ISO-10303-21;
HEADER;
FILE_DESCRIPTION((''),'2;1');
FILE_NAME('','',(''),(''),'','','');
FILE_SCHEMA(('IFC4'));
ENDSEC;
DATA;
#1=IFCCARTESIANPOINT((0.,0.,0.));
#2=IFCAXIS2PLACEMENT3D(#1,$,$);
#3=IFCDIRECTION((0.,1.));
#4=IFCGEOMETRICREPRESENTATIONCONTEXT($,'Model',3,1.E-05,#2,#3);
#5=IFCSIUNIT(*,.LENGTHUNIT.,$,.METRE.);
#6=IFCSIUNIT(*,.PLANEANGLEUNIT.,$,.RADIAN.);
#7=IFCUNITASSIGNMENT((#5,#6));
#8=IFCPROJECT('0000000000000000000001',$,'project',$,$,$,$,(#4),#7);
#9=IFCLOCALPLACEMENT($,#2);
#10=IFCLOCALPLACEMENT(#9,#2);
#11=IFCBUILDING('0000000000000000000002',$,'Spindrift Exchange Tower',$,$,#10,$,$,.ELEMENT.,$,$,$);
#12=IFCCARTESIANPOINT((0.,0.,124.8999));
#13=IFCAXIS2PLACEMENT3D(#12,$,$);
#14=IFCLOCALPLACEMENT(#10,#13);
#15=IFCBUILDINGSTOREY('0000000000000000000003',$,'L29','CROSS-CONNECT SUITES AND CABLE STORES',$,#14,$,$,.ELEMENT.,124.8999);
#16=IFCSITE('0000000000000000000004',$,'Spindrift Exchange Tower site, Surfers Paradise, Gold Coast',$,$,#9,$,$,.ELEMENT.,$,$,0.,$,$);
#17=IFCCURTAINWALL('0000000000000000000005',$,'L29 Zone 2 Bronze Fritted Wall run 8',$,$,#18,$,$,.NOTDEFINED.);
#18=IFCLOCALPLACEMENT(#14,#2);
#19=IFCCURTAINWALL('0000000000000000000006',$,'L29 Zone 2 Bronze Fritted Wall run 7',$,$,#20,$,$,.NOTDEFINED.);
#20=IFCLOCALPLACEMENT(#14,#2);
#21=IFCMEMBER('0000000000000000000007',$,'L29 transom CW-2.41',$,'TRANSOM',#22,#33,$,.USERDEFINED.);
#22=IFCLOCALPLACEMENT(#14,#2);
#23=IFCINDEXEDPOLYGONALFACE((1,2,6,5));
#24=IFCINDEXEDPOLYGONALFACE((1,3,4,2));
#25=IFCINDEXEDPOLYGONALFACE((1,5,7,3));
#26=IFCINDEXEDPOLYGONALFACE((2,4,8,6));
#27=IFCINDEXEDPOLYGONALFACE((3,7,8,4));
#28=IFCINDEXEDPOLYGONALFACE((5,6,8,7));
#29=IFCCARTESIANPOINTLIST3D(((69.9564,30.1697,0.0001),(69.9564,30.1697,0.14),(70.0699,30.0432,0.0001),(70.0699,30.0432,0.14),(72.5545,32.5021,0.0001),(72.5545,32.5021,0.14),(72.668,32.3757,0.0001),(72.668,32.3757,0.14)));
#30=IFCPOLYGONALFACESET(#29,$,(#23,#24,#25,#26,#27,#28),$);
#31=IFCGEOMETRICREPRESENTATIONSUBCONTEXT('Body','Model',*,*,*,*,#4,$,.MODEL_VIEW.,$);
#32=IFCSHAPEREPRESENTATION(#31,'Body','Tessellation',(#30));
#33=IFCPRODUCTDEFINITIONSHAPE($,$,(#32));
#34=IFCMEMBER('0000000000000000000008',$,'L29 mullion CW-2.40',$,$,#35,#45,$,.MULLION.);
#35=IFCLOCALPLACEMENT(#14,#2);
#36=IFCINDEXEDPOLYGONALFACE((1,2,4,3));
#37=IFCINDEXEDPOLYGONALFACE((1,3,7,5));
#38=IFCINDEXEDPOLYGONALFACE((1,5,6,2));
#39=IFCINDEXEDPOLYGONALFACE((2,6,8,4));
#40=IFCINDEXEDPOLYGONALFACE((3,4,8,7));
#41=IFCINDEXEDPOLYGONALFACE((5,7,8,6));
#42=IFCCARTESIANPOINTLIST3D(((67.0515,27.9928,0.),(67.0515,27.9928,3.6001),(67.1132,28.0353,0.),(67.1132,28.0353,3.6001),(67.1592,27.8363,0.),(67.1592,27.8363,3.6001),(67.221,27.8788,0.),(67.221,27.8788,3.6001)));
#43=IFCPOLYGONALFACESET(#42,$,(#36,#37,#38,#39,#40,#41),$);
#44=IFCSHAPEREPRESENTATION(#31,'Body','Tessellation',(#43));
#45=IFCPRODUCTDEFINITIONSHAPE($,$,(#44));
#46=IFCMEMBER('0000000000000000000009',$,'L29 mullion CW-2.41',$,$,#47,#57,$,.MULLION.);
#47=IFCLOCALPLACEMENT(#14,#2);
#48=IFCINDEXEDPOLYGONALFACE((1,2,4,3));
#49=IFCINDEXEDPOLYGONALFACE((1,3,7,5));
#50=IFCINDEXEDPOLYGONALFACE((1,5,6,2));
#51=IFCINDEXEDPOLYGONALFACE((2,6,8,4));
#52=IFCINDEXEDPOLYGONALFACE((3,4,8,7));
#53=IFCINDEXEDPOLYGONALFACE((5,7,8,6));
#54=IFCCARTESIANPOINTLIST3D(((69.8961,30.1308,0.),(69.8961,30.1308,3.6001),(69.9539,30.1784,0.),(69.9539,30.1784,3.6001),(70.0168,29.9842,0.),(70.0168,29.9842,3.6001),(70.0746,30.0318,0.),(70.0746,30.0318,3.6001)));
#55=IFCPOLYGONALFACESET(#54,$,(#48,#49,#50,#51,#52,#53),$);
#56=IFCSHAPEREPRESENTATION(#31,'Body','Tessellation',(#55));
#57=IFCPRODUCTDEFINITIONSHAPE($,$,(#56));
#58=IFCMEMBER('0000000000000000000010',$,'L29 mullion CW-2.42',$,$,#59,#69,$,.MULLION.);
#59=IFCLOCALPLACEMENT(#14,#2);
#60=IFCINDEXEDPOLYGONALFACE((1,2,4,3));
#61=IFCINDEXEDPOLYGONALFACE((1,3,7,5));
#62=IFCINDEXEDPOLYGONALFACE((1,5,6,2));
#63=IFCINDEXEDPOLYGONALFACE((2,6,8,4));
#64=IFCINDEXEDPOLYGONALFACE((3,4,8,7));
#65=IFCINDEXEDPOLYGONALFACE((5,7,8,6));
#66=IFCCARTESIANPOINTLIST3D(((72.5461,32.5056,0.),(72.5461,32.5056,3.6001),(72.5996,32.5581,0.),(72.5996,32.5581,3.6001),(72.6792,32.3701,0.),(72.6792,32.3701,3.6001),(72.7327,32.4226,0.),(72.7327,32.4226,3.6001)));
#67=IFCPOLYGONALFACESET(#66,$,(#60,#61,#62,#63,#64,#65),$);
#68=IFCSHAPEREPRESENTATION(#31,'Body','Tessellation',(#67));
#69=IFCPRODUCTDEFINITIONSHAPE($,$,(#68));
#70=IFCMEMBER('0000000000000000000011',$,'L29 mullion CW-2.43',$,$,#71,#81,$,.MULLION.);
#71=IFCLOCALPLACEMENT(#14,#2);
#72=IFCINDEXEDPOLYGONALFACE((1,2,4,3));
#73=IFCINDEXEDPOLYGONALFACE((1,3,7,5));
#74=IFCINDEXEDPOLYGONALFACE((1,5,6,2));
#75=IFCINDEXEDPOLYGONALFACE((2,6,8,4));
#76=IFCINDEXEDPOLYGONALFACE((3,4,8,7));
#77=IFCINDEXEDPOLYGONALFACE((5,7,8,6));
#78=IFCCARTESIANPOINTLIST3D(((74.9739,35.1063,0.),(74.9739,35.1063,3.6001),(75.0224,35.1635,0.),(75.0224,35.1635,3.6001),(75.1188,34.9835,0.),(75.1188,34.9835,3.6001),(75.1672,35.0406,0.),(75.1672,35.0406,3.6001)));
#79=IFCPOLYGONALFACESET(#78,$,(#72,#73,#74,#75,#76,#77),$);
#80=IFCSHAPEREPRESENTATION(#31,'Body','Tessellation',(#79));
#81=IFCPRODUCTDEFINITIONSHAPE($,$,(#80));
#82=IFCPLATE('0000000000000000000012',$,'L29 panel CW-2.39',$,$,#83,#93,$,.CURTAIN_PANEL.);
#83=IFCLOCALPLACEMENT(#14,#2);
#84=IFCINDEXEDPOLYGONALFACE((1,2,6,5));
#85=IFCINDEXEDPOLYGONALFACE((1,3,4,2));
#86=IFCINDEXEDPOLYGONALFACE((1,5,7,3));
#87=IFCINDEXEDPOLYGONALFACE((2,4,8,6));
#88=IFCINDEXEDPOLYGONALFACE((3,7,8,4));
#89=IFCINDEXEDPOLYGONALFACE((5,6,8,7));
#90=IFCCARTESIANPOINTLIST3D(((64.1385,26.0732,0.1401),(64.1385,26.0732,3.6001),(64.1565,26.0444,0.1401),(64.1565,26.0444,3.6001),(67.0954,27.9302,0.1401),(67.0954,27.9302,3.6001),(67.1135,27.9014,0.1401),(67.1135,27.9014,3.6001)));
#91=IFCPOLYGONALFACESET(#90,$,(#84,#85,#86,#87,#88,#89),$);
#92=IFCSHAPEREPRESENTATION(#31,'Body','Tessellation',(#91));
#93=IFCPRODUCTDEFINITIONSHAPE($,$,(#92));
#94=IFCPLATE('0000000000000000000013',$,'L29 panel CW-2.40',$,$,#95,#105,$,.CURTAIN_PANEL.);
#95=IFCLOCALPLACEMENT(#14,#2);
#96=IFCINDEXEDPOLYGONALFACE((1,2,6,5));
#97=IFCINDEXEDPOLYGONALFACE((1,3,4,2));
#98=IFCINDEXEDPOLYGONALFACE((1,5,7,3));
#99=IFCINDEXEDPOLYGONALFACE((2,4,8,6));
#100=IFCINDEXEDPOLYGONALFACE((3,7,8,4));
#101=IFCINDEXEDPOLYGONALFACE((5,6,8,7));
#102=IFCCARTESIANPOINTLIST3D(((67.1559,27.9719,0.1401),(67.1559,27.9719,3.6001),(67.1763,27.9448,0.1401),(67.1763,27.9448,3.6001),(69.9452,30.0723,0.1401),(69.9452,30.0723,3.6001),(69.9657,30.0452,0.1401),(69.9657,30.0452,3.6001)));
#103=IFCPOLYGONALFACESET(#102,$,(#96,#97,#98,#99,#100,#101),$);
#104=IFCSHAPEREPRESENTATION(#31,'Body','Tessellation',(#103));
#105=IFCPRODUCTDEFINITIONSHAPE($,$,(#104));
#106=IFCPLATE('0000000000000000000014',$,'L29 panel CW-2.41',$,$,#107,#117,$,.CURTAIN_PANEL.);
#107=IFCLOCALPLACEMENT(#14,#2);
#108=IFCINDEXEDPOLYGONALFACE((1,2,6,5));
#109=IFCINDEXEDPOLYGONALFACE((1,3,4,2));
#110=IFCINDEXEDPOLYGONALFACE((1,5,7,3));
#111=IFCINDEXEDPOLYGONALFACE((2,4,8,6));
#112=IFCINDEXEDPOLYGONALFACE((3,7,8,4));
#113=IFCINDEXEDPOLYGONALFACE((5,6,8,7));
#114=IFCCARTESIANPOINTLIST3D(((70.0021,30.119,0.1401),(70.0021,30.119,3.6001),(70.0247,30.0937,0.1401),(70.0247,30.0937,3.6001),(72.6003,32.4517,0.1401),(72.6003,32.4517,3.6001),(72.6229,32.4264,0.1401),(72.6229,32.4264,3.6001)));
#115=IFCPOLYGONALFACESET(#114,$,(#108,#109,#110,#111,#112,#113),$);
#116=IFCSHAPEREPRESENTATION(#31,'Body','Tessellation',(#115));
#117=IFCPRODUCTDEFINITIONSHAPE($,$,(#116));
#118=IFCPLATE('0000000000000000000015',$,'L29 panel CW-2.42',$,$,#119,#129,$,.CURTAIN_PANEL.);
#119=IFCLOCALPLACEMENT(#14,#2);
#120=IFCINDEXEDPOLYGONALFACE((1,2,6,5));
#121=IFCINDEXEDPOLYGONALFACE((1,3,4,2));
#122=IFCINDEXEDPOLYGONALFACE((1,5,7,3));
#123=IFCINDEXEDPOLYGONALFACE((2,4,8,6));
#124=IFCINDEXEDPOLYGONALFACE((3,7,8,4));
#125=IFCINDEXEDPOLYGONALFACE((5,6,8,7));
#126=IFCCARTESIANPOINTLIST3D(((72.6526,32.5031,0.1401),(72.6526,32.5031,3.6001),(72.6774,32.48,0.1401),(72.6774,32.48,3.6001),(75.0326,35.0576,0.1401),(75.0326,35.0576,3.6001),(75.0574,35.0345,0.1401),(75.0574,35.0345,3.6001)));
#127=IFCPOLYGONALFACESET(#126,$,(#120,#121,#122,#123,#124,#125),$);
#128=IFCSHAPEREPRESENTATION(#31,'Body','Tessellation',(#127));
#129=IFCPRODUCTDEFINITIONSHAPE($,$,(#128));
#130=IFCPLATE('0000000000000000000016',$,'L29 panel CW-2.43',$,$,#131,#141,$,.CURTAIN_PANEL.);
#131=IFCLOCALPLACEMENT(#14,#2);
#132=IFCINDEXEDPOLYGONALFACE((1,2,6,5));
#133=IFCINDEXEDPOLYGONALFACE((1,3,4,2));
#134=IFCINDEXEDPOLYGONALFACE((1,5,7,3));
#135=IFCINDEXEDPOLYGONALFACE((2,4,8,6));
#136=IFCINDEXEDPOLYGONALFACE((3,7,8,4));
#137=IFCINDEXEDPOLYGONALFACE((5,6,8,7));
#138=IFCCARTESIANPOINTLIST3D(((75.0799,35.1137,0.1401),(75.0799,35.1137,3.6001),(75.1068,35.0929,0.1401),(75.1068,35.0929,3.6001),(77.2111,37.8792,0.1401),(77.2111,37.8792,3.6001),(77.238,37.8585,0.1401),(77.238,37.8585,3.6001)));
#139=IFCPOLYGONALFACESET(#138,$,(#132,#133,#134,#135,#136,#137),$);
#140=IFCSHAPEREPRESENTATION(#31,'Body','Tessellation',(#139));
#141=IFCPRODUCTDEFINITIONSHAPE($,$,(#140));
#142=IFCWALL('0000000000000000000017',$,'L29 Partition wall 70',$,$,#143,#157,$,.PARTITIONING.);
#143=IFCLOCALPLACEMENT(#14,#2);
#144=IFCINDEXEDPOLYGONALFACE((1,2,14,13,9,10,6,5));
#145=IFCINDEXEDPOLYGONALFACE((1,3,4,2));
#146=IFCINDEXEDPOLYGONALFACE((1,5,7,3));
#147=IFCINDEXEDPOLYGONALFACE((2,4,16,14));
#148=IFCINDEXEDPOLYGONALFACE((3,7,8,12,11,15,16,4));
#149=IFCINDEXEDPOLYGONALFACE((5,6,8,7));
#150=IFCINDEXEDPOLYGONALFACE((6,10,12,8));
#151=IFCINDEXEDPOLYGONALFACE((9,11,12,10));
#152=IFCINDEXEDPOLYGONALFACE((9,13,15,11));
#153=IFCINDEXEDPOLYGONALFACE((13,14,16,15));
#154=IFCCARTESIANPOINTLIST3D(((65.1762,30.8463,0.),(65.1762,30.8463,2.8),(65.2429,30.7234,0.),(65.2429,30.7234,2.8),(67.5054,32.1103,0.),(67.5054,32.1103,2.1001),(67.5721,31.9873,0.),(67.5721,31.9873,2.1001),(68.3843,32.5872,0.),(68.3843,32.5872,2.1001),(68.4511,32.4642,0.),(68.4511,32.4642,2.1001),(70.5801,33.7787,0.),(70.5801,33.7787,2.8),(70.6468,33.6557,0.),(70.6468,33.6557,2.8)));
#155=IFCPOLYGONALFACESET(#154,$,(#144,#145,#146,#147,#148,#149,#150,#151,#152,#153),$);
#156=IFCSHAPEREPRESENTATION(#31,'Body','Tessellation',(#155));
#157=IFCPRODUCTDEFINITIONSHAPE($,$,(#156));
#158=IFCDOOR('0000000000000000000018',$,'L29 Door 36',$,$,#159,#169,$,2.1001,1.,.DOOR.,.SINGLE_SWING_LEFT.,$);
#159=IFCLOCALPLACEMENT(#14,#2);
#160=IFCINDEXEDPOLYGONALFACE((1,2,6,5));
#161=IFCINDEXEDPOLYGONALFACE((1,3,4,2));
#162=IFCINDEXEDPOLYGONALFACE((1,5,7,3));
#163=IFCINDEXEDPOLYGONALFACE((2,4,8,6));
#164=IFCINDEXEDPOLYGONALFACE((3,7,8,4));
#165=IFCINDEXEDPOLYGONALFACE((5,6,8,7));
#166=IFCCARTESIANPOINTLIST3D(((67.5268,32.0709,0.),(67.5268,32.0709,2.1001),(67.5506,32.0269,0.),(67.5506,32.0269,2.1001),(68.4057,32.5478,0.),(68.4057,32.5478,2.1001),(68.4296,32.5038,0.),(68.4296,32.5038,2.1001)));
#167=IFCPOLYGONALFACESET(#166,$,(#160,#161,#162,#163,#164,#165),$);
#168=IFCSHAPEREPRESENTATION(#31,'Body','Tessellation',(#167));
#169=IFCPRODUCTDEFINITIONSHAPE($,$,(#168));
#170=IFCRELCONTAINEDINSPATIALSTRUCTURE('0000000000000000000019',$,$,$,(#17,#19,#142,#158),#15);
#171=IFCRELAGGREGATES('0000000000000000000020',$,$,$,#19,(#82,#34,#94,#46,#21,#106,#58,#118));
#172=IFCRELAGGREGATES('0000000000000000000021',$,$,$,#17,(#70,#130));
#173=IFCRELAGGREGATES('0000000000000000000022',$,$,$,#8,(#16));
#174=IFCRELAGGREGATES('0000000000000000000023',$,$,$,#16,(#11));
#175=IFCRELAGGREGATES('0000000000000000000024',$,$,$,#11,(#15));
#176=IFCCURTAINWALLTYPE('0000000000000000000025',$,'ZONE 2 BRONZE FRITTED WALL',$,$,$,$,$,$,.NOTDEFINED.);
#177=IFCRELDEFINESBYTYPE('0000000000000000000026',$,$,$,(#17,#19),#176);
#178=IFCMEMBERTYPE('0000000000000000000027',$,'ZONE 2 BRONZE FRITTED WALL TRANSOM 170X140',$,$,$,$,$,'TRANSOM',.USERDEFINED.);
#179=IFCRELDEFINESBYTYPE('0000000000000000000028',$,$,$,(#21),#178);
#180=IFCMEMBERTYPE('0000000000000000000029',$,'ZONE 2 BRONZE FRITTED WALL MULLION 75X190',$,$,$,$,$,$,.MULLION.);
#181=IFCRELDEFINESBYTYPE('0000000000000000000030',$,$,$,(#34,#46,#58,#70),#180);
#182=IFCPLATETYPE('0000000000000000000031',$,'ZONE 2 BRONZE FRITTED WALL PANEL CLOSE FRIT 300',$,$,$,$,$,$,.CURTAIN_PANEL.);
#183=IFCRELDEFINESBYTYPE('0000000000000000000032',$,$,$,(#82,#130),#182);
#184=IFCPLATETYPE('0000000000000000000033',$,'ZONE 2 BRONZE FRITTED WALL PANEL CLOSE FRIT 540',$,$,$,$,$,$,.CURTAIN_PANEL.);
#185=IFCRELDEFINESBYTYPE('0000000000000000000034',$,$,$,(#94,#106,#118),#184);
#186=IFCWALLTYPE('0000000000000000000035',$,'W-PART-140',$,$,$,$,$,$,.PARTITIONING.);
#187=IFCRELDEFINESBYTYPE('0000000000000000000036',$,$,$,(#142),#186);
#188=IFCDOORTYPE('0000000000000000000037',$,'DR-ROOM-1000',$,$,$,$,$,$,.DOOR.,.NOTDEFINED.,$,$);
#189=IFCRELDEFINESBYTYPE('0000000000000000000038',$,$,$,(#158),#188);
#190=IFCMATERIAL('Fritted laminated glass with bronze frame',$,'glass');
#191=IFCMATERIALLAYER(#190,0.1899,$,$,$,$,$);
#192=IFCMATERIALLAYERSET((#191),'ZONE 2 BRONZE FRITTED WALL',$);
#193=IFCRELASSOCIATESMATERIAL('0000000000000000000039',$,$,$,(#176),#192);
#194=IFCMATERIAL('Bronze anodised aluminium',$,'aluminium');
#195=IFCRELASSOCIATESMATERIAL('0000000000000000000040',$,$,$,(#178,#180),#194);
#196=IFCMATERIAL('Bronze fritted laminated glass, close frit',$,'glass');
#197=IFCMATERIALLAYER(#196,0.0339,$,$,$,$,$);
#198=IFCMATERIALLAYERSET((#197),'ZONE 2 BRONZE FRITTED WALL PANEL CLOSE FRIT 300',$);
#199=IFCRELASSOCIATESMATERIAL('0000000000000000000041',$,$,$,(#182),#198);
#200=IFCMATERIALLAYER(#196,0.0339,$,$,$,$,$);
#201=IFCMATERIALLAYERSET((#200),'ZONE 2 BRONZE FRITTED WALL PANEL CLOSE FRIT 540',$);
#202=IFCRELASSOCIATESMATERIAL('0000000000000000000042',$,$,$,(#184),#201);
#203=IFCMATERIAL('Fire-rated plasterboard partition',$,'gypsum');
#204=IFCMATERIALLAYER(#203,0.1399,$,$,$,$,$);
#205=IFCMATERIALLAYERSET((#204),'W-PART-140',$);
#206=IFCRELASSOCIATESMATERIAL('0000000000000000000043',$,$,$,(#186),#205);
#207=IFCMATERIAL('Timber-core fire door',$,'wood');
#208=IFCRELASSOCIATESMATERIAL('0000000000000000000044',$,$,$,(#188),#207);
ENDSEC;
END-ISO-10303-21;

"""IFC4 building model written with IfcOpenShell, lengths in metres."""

from ifc_helpers import new_model, si_unit, direction, frame, frame_2d, origin, origin_2d, place, context, subcontext, project, spatial, rectangle, extrude, source, transform, mapped, material, layer, layer_set, material_profile, profile_set, type_object, element, fill, aggregate, save


model = new_model("IFC4")

# Units and contexts
model_context = context("Model", 3, precision=1e-05, world=origin(), true_north=direction((0.0, 1.0)))
body_context = subcontext(model_context, "Body", "Model", "MODEL_VIEW")
ifc_project = project(units=[si_unit("LENGTHUNIT", "METRE"), si_unit("PLANEANGLEUNIT", "RADIAN")], contexts=[model_context])

# Site, building, storey
site_placement = place(None, origin())
site = spatial("IfcSite", under=ifc_project, at=site_placement, Name="Spindrift Exchange Tower site, Surfers Paradise, Gold Coast", CompositionType="ELEMENT", RefElevation=0.0)
building_placement = place(site_placement, origin())
building = spatial("IfcBuilding", under=site, at=building_placement, Name="Spindrift Exchange Tower", CompositionType="ELEMENT")
storey_placement = place(building_placement, frame((0.0, 0.0, 124.8999)))
storey = spatial("IfcBuildingStorey", under=building, at=storey_placement, Name="L29", Description="CROSS-CONNECT SUITES AND CABLE STORES", CompositionType="ELEMENT", Elevation=124.8999)

# Curtain wall
ifc_material_1 = material(Name="Fritted laminated glass with bronze frame", Category="glass")
ifc_layer_1 = layer(ifc_material_1, 0.1899)
ifc_layer_set_1 = layer_set([ifc_layer_1], Name="ZONE 2 BRONZE FRITTED WALL")
curtain_wall_type = type_object("IfcCurtainWallType", Name="ZONE 2 BRONZE FRITTED WALL", PredefinedType="NOTDEFINED", material=ifc_layer_set_1)
curtain_wall_1_placement = place(storey_placement, origin())
curtain_wall_1 = element("IfcCurtainWall", 1, at=curtain_wall_1_placement, inside=storey, type_object=curtain_wall_type, Name="L29 Zone 2 Bronze Fritted Wall run 8", PredefinedType="NOTDEFINED")
ifc_material_2 = material(Name="Bronze anodised aluminium", Category="aluminium")
ifc_material_profile_1 = material_profile(ifc_material_2, rectangle(XDim=0.1699, YDim=0.1399, at=origin_2d()), Name="ZONE 2 BRONZE FRITTED WALL TRANSOM 170X140")
ifc_profile_set_1 = profile_set([ifc_material_profile_1], Name="Bronze anodised aluminium")
member_type_1 = type_object("IfcMemberType", Name="ZONE 2 BRONZE FRITTED WALL TRANSOM 170X140", ElementType="TRANSOM", PredefinedType="USERDEFINED", material=ifc_profile_set_1)

# Curtain wall, members
curtain_wall_2_placement = place(storey_placement, origin())
curtain_wall_2 = element("IfcCurtainWall", 2, at=curtain_wall_2_placement, inside=storey, type_object=curtain_wall_type, Name="L29 Zone 2 Bronze Fritted Wall run 7", PredefinedType="NOTDEFINED")
shared_shape_1 = source(origin(), body_context, "Body", "SweptSolid", [
    extrude(rectangle(XDim=0.1699, YDim=0.1399, at=origin_2d()), origin(), (0.0, 0.0, 1.0), 3.4915),
])
member_1_placement = place(storey_placement, frame((70.0132, 30.1064, 0.0701), z_axis=(0.744121, 0.668045, 0.0), x_axis=(-0.668045, 0.744121, 0.0)))
member_1 = element("IfcMember", 3, at=member_1_placement, type_object=member_type_1, Name="L29 transom CW-2.41", ObjectType="TRANSOM", PredefinedType="USERDEFINED", context=body_context, shape_type="MappedRepresentation", body=[
    mapped(shared_shape_1, transform((0.0, 0.0, 0.0), scale=1.0)),
])
ifc_material_profile_2 = material_profile(ifc_material_2, rectangle(XDim=0.075, YDim=0.1899, at=origin_2d()), Name="ZONE 2 BRONZE FRITTED WALL MULLION 75X190")
ifc_profile_set_2 = profile_set([ifc_material_profile_2], Name="Bronze anodised aluminium")
member_type_2 = type_object("IfcMemberType", Name="ZONE 2 BRONZE FRITTED WALL MULLION 75X190", PredefinedType="MULLION", material=ifc_profile_set_2)
shared_shape_2 = source(origin(), body_context, "Body", "SweptSolid", [
    extrude(rectangle(XDim=0.075, YDim=0.1899, at=origin_2d()), origin(), (0.0, 0.0, 1.0), 3.6001),
])
member_2_placement = place(storey_placement, frame((67.1362, 27.9358, 0.0), z_axis=(0.0, 0.0, 1.0), x_axis=(0.823584, 0.567194, 0.0)))
member_2 = element("IfcMember", 4, at=member_2_placement, type_object=member_type_2, Name="L29 mullion CW-2.40", PredefinedType="MULLION", context=body_context, shape_type="MappedRepresentation", body=[
    mapped(shared_shape_2, transform((0.0, 0.0, 0.0), scale=1.0)),
])
member_3_placement = place(storey_placement, frame((69.9854, 30.0813, 0.0), z_axis=(0.0, 0.0, 1.0), x_axis=(0.772189, 0.635393, 0.0)))
member_3 = element("IfcMember", 5, at=member_3_placement, type_object=member_type_2, Name="L29 mullion CW-2.41", PredefinedType="MULLION", context=body_context, shape_type="MappedRepresentation", body=[
    mapped(shared_shape_2, transform((0.0, 0.0, 0.0), scale=1.0)),
])
member_4_placement = place(storey_placement, frame((72.6394, 32.4641, 0.0), z_axis=(0.0, 0.0, 1.0), x_axis=(0.713595, 0.700559, 0.0)))
member_4 = element("IfcMember", 6, at=member_4_placement, type_object=member_type_2, Name="L29 mullion CW-2.42", PredefinedType="MULLION", context=body_context, shape_type="MappedRepresentation", body=[
    mapped(shared_shape_2, transform((0.0, 0.0, 0.0), scale=1.0)),
])

# Member
member_5_placement = place(storey_placement, frame((75.0706, 35.0735, 0.0), z_axis=(0.0, 0.0, 1.0), x_axis=(0.646739, 0.762711, 0.0)))
member_5 = element("IfcMember", 7, at=member_5_placement, type_object=member_type_2, Name="L29 mullion CW-2.43", PredefinedType="MULLION", context=body_context, shape_type="MappedRepresentation", body=[
    mapped(shared_shape_2, transform((0.0, 0.0, 0.0), scale=1.0)),
])

# Plates
ifc_material_3 = material(Name="Bronze fritted laminated glass, close frit", Category="glass")
ifc_layer_2 = layer(ifc_material_3, 0.0339)
ifc_layer_set_2 = layer_set([ifc_layer_2], Name="ZONE 2 BRONZE FRITTED WALL PANEL CLOSE FRIT 300")
plate_type_1 = type_object("IfcPlateType", Name="ZONE 2 BRONZE FRITTED WALL PANEL CLOSE FRIT 300", PredefinedType="CURTAIN_PANEL", material=ifc_layer_set_2)
shared_shape_3 = source(origin(), body_context, "Body", "SweptSolid", [
    extrude(rectangle(XDim=3.4917, YDim=0.0339, at=origin_2d()), origin(), (0.0, 0.0, 1.0), 3.46),
])
plate_1_placement = place(storey_placement, frame((65.626, 26.9873, 0.1401), z_axis=(0.0, 0.0, 1.0), x_axis=(0.846851, 0.53183, 0.0)))
plate_1 = element("IfcPlate", 8, at=plate_1_placement, type_object=plate_type_1, Name="L29 panel CW-2.39", PredefinedType="CURTAIN_PANEL", context=body_context, shape_type="MappedRepresentation", body=[
    mapped(shared_shape_3, transform((0.0, 0.0, 0.0), scale=1.0)),
])
ifc_layer_3 = layer(ifc_material_3, 0.0339)
ifc_layer_set_3 = layer_set([ifc_layer_3], Name="ZONE 2 BRONZE FRITTED WALL PANEL CLOSE FRIT 540")
plate_type_2 = type_object("IfcPlateType", Name="ZONE 2 BRONZE FRITTED WALL PANEL CLOSE FRIT 540", PredefinedType="CURTAIN_PANEL", material=ifc_layer_set_3)
shared_shape_4 = source(origin(), body_context, "Body", "SweptSolid", [
    extrude(rectangle(XDim=3.4917, YDim=0.0339, at=origin_2d()), origin(), (0.0, 0.0, 1.0), 3.46),
])
plate_2_placement = place(storey_placement, frame((68.5608, 29.0085, 0.1401), z_axis=(0.0, 0.0, 1.0), x_axis=(0.798841, 0.601542, 0.0)))
plate_2 = element("IfcPlate", 9, at=plate_2_placement, type_object=plate_type_2, Name="L29 panel CW-2.40", PredefinedType="CURTAIN_PANEL", context=body_context, shape_type="MappedRepresentation", body=[
    mapped(shared_shape_4, transform((0.0, 0.0, 0.0), scale=1.0)),
])
plate_3_placement = place(storey_placement, frame((71.3125, 31.2727, 0.1401), z_axis=(0.0, 0.0, 1.0), x_axis=(0.744104, 0.668064, 0.0)))
plate_3 = element("IfcPlate", 10, at=plate_3_placement, type_object=plate_type_2, Name="L29 panel CW-2.41", PredefinedType="CURTAIN_PANEL", context=body_context, shape_type="MappedRepresentation", body=[
    mapped(shared_shape_4, transform((0.0, 0.0, 0.0), scale=1.0)),
])
shared_shape_5 = source(origin(), body_context, "Body", "SweptSolid", [
    extrude(rectangle(XDim=3.4915, YDim=0.0339, at=origin_2d()), origin(), (0.0, 0.0, 1.0), 3.46),
])
plate_4_placement = place(storey_placement, frame((73.855, 33.7688, 0.1401), z_axis=(0.0, 0.0, 1.0), x_axis=(0.681669, 0.731661, 0.0)))
plate_4 = element("IfcPlate", 11, at=plate_4_placement, type_object=plate_type_2, Name="L29 panel CW-2.42", PredefinedType="CURTAIN_PANEL", context=body_context, shape_type="MappedRepresentation", body=[
    mapped(shared_shape_5, transform((0.0, 0.0, 0.0), scale=1.0)),
])
aggregate(curtain_wall_2, [plate_1, member_2, plate_2, member_3, member_1, plate_3, member_4, plate_4])
shared_shape_6 = source(origin(), body_context, "Body", "SweptSolid", [
    extrude(rectangle(XDim=3.4915, YDim=0.0339, at=origin_2d()), origin(), (0.0, 0.0, 1.0), 3.46),
])
plate_5_placement = place(storey_placement, frame((76.1589, 36.4861, 0.1401), z_axis=(0.0, 0.0, 1.0), x_axis=(0.610398, 0.792095, 0.0)))
plate_5 = element("IfcPlate", 12, at=plate_5_placement, type_object=plate_type_1, Name="L29 panel CW-2.43", PredefinedType="CURTAIN_PANEL", context=body_context, shape_type="MappedRepresentation", body=[
    mapped(shared_shape_6, transform((0.0, 0.0, 0.0), scale=1.0)),
])
aggregate(curtain_wall_1, [member_5, plate_5])

# Wall, opening, door
ifc_material_4 = material(Name="Fire-rated plasterboard partition", Category="gypsum")
ifc_layer_4 = layer(ifc_material_4, 0.1399)
ifc_layer_set_4 = layer_set([ifc_layer_4], Name="W-PART-140")
wall_type_1 = type_object("IfcWallType", Name="W-PART-140", PredefinedType="PARTITIONING", material=ifc_layer_set_4)
wall_1_placement = place(storey_placement, frame((70.6135, 33.7173, 0.0), z_axis=(0.0, 0.0, 1.0), x_axis=(-0.87893, -0.476951, 0.0)))
wall_1 = element("IfcWall", 13, at=wall_1_placement, inside=storey, type_object=wall_type_1, Name="L29 Partition wall 70", PredefinedType="PARTITIONING", context=body_context, shape_type="SweptSolid", body=[
    extrude(rectangle(XDim=6.1482, YDim=0.1399, at=frame_2d((3.0742, 0.0))), origin(), (0.0, 0.0, 1.0), 2.8),
])
opening_1_placement = place(wall_1_placement, frame((2.4983, 0.0, 0.0)))
opening_1 = element("IfcOpeningElement", 14, at=opening_1_placement, cuts=wall_1, PredefinedType="OPENING", context=body_context, shape_type="SweptSolid", body=[
    extrude(rectangle(XDim=1.0, YDim=2.1001, at=frame_2d((0.5, 1.05))), frame((0.0, 0.0798, 0.0), z_axis=(0.0, -1.0, 0.0), x_axis=(1.0, 0.0, 0.0)), (0.0, 0.0, 1.0), 0.1599),
])
ifc_material_5 = material(Name="Timber-core fire door", Category="wood")
door_type = type_object("IfcDoorType", Name="DR-ROOM-1000", OperationType="NOTDEFINED", PredefinedType="DOOR", material=ifc_material_5)
shared_shape_7 = source(origin(), body_context, "Body", "SweptSolid", [
    extrude(rectangle(XDim=1.0, YDim=2.1001, at=frame_2d((0.5, 1.05))), frame((0.0, 0.0249, 0.0), z_axis=(0.0, -1.0, 0.0), x_axis=(1.0, 0.0, 0.0)), (0.0, 0.0, 1.0), 0.05),
])
door_1_placement = place(opening_1_placement, origin())
door_1 = element("IfcDoor", 15, at=door_1_placement, inside=storey, type_object=door_type, Name="L29 Door 36", OperationType="SINGLE_SWING_LEFT", OverallHeight=2.1001, OverallWidth=1.0, PredefinedType="DOOR", context=body_context, shape_type="MappedRepresentation", body=[
    mapped(shared_shape_7, transform((0.0, 0.0, 0.0), scale=1.0)),
])
fill(opening_1, door_1)

save(model, "model.ifc")
